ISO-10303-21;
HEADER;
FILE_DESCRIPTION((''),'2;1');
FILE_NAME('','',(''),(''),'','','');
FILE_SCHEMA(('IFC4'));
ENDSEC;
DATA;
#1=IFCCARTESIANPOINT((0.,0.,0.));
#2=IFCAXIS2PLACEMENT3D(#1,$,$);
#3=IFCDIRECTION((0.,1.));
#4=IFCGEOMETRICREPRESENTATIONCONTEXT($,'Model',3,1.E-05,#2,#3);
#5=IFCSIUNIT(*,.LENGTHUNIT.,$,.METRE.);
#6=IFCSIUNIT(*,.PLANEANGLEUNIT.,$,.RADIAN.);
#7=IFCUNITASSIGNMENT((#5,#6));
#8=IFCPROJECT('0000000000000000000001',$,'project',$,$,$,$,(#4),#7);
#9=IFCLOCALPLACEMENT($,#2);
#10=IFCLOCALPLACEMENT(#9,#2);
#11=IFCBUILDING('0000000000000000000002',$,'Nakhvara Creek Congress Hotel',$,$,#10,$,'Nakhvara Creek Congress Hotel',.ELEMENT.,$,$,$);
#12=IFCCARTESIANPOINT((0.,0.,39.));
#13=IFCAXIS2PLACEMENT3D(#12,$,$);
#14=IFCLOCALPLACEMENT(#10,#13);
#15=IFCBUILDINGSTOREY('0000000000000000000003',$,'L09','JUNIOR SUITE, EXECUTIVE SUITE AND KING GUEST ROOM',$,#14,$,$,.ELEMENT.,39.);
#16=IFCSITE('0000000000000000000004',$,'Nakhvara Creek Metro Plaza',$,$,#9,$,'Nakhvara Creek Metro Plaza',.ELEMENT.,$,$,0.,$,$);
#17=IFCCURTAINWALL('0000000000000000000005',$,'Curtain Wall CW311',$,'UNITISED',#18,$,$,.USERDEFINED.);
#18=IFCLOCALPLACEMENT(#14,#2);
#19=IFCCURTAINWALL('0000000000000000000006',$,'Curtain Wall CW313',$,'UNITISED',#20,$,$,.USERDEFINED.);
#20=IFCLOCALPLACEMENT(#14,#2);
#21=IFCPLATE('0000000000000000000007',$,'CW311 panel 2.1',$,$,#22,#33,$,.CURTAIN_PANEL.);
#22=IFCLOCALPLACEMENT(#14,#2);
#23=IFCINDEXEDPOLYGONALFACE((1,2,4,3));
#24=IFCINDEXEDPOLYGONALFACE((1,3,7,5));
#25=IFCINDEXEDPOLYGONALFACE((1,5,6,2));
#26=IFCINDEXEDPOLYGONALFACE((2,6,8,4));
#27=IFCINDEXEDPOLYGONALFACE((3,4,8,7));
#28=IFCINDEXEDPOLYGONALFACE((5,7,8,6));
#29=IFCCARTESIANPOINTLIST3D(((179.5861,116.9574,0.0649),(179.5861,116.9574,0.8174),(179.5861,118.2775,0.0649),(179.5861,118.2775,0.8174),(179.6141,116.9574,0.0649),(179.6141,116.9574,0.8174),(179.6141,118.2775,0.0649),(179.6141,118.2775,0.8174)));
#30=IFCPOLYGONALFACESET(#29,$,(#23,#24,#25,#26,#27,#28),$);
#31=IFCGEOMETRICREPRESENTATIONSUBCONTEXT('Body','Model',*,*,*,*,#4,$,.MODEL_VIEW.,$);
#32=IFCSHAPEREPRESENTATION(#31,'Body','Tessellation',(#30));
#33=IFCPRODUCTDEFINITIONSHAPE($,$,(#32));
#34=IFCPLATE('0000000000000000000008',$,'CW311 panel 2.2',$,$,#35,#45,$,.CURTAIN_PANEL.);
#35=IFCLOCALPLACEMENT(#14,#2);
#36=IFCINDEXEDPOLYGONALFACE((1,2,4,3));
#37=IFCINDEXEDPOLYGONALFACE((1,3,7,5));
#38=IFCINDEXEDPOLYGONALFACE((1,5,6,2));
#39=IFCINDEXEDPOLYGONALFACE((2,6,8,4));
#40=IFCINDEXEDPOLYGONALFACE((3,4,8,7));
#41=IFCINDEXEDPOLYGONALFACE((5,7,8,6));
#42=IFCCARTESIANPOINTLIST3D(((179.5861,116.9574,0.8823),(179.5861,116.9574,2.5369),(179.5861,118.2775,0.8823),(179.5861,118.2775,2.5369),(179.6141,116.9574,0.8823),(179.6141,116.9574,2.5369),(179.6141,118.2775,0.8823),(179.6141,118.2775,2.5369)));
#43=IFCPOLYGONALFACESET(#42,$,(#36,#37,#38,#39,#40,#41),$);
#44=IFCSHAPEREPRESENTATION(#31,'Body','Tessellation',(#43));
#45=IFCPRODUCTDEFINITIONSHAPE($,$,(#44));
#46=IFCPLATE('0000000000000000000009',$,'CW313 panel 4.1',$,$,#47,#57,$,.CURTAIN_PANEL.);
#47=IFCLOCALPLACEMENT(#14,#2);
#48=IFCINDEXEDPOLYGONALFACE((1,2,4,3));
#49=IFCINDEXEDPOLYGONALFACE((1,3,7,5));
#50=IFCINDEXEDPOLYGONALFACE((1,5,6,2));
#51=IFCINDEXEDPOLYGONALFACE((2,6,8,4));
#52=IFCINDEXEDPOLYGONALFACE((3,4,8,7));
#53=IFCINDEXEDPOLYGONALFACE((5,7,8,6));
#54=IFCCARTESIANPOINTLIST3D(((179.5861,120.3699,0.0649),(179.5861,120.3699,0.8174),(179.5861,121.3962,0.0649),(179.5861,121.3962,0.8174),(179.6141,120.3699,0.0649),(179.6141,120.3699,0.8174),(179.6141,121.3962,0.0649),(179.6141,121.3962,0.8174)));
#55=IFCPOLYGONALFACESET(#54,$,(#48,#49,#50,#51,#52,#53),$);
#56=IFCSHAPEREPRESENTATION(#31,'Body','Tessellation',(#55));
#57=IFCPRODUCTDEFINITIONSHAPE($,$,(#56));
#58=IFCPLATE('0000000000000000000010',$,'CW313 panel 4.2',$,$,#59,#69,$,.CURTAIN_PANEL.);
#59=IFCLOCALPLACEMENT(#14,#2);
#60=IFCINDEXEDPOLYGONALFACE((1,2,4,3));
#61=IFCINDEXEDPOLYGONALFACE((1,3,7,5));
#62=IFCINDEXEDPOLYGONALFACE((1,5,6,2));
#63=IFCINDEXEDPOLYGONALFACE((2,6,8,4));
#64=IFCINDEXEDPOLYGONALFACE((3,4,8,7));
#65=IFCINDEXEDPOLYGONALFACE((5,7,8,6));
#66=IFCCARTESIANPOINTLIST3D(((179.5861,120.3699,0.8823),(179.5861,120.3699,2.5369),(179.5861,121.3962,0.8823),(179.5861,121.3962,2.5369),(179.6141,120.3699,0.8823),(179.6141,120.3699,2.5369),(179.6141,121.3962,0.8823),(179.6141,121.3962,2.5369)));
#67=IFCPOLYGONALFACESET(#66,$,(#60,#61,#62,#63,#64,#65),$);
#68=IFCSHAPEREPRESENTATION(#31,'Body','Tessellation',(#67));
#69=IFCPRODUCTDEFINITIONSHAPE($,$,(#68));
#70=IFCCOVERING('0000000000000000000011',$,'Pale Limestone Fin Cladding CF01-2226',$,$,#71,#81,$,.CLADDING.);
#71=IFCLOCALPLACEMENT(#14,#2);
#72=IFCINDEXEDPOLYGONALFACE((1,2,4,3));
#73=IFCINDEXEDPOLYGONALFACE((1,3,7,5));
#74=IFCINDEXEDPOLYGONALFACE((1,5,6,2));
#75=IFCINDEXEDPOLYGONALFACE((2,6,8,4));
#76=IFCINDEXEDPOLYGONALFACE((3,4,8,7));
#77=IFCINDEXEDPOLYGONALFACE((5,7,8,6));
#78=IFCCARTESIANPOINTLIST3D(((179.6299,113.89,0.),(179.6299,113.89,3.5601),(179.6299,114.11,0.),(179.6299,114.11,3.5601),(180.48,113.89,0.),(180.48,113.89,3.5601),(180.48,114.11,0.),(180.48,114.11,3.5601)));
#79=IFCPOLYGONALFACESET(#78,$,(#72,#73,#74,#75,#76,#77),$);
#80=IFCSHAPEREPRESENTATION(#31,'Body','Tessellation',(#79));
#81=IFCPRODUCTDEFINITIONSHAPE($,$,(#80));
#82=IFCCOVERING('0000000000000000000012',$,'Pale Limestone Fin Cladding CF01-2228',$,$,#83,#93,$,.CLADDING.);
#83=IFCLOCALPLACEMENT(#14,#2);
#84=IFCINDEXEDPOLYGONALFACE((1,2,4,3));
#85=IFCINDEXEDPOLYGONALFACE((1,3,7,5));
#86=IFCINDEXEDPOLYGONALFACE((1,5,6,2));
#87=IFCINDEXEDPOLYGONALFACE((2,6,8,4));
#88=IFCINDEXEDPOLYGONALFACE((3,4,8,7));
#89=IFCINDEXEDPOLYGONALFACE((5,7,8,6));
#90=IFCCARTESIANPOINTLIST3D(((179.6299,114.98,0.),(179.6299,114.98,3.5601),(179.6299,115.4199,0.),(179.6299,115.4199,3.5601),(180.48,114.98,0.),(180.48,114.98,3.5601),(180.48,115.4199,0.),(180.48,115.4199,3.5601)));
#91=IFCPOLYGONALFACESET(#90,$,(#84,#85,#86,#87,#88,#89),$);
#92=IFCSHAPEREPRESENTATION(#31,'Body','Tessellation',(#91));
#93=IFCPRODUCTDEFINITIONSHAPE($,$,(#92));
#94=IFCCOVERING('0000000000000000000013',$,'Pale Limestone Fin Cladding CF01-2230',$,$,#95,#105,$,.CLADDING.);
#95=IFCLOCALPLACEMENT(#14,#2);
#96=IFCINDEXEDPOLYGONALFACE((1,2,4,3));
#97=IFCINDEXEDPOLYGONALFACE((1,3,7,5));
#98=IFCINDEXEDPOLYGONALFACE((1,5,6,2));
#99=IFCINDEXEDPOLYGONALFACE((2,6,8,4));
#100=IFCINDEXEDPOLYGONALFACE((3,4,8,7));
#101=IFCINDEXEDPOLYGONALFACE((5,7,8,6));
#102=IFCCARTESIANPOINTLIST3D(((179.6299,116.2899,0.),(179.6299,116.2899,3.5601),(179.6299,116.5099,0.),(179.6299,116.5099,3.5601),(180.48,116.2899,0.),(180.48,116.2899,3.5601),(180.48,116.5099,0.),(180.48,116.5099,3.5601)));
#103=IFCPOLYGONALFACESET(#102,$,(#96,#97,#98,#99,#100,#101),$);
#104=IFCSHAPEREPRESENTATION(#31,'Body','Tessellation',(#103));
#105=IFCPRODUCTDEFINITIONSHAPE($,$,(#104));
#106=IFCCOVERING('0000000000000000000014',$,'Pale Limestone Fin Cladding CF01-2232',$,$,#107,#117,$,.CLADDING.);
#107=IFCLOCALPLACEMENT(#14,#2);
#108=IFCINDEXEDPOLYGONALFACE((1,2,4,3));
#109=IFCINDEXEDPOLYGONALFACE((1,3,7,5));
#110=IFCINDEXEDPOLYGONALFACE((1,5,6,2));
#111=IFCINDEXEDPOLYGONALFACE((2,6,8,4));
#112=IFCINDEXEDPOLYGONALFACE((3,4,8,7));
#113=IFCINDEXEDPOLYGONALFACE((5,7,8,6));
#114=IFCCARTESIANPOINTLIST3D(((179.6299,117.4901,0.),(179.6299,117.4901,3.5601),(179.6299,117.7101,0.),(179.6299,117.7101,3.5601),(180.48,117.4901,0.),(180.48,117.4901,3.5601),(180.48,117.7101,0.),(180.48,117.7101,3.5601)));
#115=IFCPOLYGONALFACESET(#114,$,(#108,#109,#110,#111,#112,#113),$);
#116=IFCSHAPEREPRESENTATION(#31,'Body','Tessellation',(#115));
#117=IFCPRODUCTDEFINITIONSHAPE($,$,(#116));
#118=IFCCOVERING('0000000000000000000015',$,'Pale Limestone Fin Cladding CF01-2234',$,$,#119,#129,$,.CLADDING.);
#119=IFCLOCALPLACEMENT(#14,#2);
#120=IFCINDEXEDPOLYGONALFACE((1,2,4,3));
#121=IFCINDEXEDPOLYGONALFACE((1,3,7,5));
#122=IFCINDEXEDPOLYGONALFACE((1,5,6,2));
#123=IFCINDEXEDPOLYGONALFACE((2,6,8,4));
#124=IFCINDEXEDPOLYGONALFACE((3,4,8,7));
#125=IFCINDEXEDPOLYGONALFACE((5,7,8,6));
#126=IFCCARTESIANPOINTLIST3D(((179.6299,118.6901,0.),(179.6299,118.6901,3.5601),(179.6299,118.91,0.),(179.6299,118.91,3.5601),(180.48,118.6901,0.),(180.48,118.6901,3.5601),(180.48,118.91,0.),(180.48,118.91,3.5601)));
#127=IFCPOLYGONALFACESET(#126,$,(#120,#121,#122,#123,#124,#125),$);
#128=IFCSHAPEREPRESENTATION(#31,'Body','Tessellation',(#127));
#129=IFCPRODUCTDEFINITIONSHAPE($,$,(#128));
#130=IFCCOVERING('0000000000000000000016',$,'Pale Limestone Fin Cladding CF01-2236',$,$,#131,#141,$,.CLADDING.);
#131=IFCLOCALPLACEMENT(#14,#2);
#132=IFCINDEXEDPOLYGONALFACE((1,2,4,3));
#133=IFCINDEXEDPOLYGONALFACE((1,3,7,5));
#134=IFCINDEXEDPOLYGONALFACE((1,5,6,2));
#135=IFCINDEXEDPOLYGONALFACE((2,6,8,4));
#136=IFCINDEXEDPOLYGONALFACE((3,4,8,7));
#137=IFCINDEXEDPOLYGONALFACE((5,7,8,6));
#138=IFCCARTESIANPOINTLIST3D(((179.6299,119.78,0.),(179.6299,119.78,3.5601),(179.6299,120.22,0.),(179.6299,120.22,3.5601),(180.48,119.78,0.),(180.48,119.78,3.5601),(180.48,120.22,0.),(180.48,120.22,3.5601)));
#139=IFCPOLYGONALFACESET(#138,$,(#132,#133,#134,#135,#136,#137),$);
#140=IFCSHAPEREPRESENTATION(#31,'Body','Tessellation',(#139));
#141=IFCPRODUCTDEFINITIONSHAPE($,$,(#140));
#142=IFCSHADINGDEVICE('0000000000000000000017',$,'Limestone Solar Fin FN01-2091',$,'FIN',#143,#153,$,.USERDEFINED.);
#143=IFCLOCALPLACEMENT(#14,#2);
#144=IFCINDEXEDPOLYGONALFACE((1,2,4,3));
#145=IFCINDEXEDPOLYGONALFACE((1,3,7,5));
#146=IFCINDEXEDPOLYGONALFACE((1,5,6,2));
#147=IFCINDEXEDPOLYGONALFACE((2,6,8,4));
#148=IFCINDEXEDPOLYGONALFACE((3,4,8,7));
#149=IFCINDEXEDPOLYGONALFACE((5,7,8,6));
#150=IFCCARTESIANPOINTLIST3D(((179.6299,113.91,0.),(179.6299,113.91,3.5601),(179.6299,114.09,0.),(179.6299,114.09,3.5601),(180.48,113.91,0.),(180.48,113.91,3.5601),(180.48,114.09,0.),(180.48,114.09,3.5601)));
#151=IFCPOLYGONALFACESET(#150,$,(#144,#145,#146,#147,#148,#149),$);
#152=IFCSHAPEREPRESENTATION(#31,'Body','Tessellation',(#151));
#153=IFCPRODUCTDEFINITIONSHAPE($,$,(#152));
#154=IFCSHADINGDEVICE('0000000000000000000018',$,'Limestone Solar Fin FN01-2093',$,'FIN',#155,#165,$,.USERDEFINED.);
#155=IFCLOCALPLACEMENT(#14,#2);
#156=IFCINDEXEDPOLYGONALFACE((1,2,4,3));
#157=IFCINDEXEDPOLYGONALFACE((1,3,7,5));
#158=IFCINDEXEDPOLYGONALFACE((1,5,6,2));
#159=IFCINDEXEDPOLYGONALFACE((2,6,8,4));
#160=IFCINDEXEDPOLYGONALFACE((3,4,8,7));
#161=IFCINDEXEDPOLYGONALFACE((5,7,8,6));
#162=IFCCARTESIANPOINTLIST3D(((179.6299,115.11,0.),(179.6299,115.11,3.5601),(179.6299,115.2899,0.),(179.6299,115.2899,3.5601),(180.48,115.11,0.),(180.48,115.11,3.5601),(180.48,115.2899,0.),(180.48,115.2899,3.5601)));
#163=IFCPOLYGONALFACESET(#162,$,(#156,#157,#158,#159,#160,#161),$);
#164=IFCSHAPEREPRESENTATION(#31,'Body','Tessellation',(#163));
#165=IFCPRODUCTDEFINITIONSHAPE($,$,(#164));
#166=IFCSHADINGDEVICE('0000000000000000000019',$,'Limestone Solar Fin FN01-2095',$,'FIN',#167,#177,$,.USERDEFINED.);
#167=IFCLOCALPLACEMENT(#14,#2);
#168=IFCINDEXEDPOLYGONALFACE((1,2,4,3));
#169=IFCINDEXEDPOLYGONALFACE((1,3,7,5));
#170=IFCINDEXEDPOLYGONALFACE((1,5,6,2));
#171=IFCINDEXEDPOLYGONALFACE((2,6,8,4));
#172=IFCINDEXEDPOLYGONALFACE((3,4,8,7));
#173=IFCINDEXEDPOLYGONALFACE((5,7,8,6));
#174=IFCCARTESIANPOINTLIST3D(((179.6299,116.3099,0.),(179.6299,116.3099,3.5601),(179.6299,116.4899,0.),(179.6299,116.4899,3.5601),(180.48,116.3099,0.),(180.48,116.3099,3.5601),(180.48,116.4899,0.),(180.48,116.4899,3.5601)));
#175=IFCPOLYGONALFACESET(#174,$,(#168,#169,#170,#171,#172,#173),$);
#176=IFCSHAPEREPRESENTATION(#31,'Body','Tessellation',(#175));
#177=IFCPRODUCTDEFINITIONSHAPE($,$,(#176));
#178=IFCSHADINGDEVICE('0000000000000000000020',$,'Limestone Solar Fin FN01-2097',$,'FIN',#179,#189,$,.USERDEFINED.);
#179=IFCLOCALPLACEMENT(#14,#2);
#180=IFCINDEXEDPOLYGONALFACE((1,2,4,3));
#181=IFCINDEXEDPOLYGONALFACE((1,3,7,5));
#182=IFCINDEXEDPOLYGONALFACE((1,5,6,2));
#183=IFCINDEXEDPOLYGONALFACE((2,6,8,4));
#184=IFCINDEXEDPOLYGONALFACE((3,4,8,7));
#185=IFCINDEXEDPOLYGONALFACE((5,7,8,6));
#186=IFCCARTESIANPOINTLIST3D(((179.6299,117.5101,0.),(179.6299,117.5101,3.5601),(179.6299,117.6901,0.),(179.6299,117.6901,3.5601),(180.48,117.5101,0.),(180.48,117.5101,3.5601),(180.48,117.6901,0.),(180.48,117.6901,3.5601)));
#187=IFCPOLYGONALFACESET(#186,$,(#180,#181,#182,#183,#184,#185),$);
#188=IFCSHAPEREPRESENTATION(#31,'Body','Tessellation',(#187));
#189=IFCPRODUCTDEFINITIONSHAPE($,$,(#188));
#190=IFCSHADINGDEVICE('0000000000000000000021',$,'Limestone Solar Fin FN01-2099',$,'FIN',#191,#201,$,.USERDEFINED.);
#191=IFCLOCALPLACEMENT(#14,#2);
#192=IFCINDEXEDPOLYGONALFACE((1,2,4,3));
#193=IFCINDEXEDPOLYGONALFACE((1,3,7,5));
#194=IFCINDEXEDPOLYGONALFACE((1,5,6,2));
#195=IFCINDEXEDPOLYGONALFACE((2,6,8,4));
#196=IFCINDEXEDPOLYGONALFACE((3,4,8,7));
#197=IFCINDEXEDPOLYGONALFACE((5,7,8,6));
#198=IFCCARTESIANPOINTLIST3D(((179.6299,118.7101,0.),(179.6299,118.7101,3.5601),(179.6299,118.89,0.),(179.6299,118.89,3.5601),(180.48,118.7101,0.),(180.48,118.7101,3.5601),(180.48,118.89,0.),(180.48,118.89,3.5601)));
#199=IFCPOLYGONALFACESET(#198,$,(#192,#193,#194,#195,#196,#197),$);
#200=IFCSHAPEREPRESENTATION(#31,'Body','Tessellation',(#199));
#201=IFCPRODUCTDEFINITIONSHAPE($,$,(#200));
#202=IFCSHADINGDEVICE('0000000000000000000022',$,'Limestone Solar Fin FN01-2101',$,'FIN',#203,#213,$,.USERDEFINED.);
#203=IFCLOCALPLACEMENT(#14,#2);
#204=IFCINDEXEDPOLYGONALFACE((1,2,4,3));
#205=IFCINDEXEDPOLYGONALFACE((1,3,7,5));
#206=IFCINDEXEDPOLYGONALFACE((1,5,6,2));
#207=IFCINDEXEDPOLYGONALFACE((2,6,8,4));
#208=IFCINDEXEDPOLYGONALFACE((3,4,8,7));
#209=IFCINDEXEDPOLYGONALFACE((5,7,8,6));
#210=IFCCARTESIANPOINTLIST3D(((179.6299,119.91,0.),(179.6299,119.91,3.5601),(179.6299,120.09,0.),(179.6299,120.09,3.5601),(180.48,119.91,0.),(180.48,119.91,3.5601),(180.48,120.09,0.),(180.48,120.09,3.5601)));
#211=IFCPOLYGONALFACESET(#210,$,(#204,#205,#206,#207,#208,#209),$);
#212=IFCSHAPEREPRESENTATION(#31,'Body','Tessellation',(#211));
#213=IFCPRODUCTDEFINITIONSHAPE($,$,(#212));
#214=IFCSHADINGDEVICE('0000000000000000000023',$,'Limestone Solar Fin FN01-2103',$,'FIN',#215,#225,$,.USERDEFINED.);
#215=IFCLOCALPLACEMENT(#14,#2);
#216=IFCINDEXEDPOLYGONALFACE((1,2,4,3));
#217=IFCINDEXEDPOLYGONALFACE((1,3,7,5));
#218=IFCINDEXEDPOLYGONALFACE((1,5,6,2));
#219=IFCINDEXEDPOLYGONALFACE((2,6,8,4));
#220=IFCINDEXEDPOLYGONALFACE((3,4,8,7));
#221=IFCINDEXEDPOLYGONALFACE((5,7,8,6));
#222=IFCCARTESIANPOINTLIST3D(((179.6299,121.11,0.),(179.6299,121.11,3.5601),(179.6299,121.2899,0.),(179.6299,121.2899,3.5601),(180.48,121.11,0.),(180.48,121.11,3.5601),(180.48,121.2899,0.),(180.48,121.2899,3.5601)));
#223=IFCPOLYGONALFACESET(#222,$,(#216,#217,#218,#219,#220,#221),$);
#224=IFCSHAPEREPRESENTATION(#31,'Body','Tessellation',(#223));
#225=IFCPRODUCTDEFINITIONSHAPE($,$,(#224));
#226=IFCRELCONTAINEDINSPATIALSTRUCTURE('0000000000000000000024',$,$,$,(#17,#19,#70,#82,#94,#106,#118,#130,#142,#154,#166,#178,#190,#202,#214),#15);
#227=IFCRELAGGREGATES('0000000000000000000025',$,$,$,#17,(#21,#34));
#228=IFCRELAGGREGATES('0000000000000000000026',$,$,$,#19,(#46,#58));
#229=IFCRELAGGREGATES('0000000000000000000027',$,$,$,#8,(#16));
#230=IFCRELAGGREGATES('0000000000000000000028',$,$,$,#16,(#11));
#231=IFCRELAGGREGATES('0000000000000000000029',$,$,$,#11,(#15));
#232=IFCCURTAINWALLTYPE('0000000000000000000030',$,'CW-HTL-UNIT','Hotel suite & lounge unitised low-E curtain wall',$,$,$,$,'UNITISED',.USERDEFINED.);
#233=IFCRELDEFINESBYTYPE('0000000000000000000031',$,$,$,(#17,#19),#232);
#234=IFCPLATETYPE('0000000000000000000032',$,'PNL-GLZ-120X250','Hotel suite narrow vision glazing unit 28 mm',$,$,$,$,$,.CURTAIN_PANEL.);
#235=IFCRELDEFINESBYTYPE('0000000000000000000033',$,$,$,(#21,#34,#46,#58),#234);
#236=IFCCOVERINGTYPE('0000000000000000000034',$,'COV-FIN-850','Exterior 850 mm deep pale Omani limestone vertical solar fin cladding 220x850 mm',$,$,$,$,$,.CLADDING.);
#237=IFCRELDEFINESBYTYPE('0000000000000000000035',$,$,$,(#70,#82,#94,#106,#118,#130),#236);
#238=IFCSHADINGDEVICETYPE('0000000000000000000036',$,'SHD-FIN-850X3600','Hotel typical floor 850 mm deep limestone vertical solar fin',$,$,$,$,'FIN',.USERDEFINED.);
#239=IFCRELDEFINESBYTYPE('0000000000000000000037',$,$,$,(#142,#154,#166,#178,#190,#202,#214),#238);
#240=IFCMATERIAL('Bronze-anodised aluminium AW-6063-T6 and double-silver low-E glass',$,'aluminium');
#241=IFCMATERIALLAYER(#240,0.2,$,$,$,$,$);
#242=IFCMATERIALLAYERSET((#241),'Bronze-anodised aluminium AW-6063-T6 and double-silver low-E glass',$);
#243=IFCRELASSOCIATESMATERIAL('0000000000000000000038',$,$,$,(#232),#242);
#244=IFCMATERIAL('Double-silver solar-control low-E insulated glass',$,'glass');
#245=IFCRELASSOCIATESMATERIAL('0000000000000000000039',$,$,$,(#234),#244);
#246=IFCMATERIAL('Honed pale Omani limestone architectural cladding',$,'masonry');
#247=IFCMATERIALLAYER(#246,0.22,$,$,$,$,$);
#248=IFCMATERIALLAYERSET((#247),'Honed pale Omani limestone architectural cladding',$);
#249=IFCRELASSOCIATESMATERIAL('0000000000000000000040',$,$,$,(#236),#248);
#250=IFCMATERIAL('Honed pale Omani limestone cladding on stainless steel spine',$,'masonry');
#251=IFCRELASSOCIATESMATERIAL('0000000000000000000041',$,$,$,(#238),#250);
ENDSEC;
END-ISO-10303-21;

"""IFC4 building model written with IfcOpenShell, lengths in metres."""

from ifc_helpers import new_model, si_unit, direction, frame, origin, origin_2d, place, context, subcontext, project, spatial, rectangle, extrude, material, layer, layer_set, type_object, element, aggregate, save


model = new_model("IFC4")

# Units and contexts
model_context = context("Model", 3, precision=1e-05, world=origin(), true_north=direction((0.0, 1.0)))
body_context = subcontext(model_context, "Body", "Model", "MODEL_VIEW")
ifc_project = project(units=[si_unit("LENGTHUNIT", "METRE"), si_unit("PLANEANGLEUNIT", "RADIAN")], contexts=[model_context])

# Site, building, storey
site_placement = place(None, origin())
site = spatial("IfcSite", under=ifc_project, at=site_placement, Name="Nakhvara Creek Metro Plaza", LongName="Nakhvara Creek Metro Plaza", CompositionType="ELEMENT", RefElevation=0.0)
building_placement = place(site_placement, origin())
building = spatial("IfcBuilding", under=site, at=building_placement, Name="Nakhvara Creek Congress Hotel", LongName="Nakhvara Creek Congress Hotel", CompositionType="ELEMENT")
storey_placement = place(building_placement, frame((0.0, 0.0, 39.0)))
storey = spatial("IfcBuildingStorey", under=building, at=storey_placement, Name="L09", Description="JUNIOR SUITE, EXECUTIVE SUITE AND KING GUEST ROOM", CompositionType="ELEMENT", Elevation=39.0)

# Curtain wall
ifc_material_1 = material(Name="Bronze-anodised aluminium AW-6063-T6 and double-silver low-E glass", Category="aluminium")
ifc_layer_1 = layer(ifc_material_1, 0.2)
ifc_layer_set_1 = layer_set([ifc_layer_1], Name="Bronze-anodised aluminium AW-6063-T6 and double-silver low-E glass")
curtain_wall_type = type_object("IfcCurtainWallType", Name="CW-HTL-UNIT", Description="Hotel suite & lounge unitised low-E curtain wall", ElementType="UNITISED", PredefinedType="USERDEFINED", material=ifc_layer_set_1)
curtain_wall_1_placement = place(storey_placement, origin())
curtain_wall_1 = element("IfcCurtainWall", 1, at=curtain_wall_1_placement, inside=storey, type_object=curtain_wall_type, Name="Curtain Wall CW311", ObjectType="UNITISED", PredefinedType="USERDEFINED")

# Curtain wall
curtain_wall_2_placement = place(storey_placement, origin())
curtain_wall_2 = element("IfcCurtainWall", 2, at=curtain_wall_2_placement, inside=storey, type_object=curtain_wall_type, Name="Curtain Wall CW313", ObjectType="UNITISED", PredefinedType="USERDEFINED")

# Plates
ifc_material_2 = material(Name="Double-silver solar-control low-E insulated glass", Category="glass")
plate_type = type_object("IfcPlateType", Name="PNL-GLZ-120X250", Description="Hotel suite narrow vision glazing unit 28 mm", PredefinedType="CURTAIN_PANEL", material=ifc_material_2)
plate_1_placement = place(storey_placement, frame((179.6001, 117.6174, 0.0649), z_axis=(0.0, 0.0, 1.0), x_axis=(0.0, -1.0, 0.0)))
plate_1 = element("IfcPlate", 3, at=plate_1_placement, type_object=plate_type, Name="CW311 panel 2.1", PredefinedType="CURTAIN_PANEL", context=body_context, shape_type="SweptSolid", body=[
    extrude(rectangle(XDim=1.3201, YDim=0.0281, at=origin_2d()), origin(), (0.0, 0.0, 1.0), 0.7524),
])
plate_2_placement = place(storey_placement, frame((179.6001, 117.6174, 0.8823), z_axis=(0.0, 0.0, 1.0), x_axis=(0.0, -1.0, 0.0)))
plate_2 = element("IfcPlate", 4, at=plate_2_placement, type_object=plate_type, Name="CW311 panel 2.2", PredefinedType="CURTAIN_PANEL", context=body_context, shape_type="SweptSolid", body=[
    extrude(rectangle(XDim=1.3201, YDim=0.0281, at=origin_2d()), origin(), (0.0, 0.0, 1.0), 1.6545),
])
aggregate(curtain_wall_1, [plate_1, plate_2])
plate_3_placement = place(storey_placement, frame((179.6001, 120.8831, 0.0649), z_axis=(0.0, 0.0, 1.0), x_axis=(0.0, -1.0, 0.0)))
plate_3 = element("IfcPlate", 5, at=plate_3_placement, type_object=plate_type, Name="CW313 panel 4.1", PredefinedType="CURTAIN_PANEL", context=body_context, shape_type="SweptSolid", body=[
    extrude(rectangle(XDim=1.0264, YDim=0.0281, at=origin_2d()), origin(), (0.0, 0.0, 1.0), 0.7524),
])
plate_4_placement = place(storey_placement, frame((179.6001, 120.8831, 0.8823), z_axis=(0.0, 0.0, 1.0), x_axis=(0.0, -1.0, 0.0)))
plate_4 = element("IfcPlate", 6, at=plate_4_placement, type_object=plate_type, Name="CW313 panel 4.2", PredefinedType="CURTAIN_PANEL", context=body_context, shape_type="SweptSolid", body=[
    extrude(rectangle(XDim=1.0264, YDim=0.0281, at=origin_2d()), origin(), (0.0, 0.0, 1.0), 1.6545),
])
aggregate(curtain_wall_2, [plate_3, plate_4])

# Coverings
ifc_material_3 = material(Name="Honed pale Omani limestone architectural cladding", Category="masonry")
ifc_layer_2 = layer(ifc_material_3, 0.22)
ifc_layer_set_2 = layer_set([ifc_layer_2], Name="Honed pale Omani limestone architectural cladding")
covering_type = type_object("IfcCoveringType", Name="COV-FIN-850", Description="Exterior 850 mm deep pale Omani limestone vertical solar fin cladding 220x850 mm", PredefinedType="CLADDING", material=ifc_layer_set_2)
covering_1_placement = place(storey_placement, frame((180.0549, 114.0, 0.0), z_axis=(0.0, 0.0, 1.0), x_axis=(0.0, 1.0, 0.0)))
element("IfcCovering", 7, at=covering_1_placement, inside=storey, type_object=covering_type, Name="Pale Limestone Fin Cladding CF01-2226", PredefinedType="CLADDING", context=body_context, shape_type="SweptSolid", body=[
    extrude(rectangle(XDim=0.22, YDim=0.8501, at=origin_2d()), origin(), (0.0, 0.0, 1.0), 3.5601),
])
covering_2_placement = place(storey_placement, frame((180.0549, 115.2, 0.0), z_axis=(0.0, 0.0, 1.0), x_axis=(0.0, 1.0, 0.0)))
element("IfcCovering", 8, at=covering_2_placement, inside=storey, type_object=covering_type, Name="Pale Limestone Fin Cladding CF01-2228", PredefinedType="CLADDING", context=body_context, shape_type="SweptSolid", body=[
    extrude(rectangle(XDim=0.4399, YDim=0.8501, at=origin_2d()), origin(), (0.0, 0.0, 1.0), 3.5601),
])
for number, where, z_axis, x_axis, name in (
    (9, (180.0549, 116.3999, 0.0), (0.0, 0.0, 1.0), (0.0, 1.0, 0.0), "Pale Limestone Fin Cladding CF01-2230"),
    (10, (180.0549, 117.6001, 0.0), (0.0, 0.0, 1.0), (0.0, 1.0, 0.0), "Pale Limestone Fin Cladding CF01-2232"),
    (11, (180.0549, 118.8, 0.0), (0.0, 0.0, 1.0), (0.0, 1.0, 0.0), "Pale Limestone Fin Cladding CF01-2234"),
):
    element("IfcCovering", number, at=place(storey_placement, frame(where, z_axis=z_axis, x_axis=x_axis)), inside=storey, type_object=covering_type, Name=name, PredefinedType="CLADDING", context=body_context, shape_type="SweptSolid", body=[
        extrude(rectangle(XDim=0.22, YDim=0.8501, at=origin_2d()), origin(), (0.0, 0.0, 1.0), 3.5601),
    ])
covering_3_placement = place(storey_placement, frame((180.0549, 120.0, 0.0), z_axis=(0.0, 0.0, 1.0), x_axis=(0.0, 1.0, 0.0)))
element("IfcCovering", 12, at=covering_3_placement, inside=storey, type_object=covering_type, Name="Pale Limestone Fin Cladding CF01-2236", PredefinedType="CLADDING", context=body_context, shape_type="SweptSolid", body=[
    extrude(rectangle(XDim=0.4399, YDim=0.8501, at=origin_2d()), origin(), (0.0, 0.0, 1.0), 3.5601),
])

# Shading devices
ifc_material_4 = material(Name="Honed pale Omani limestone cladding on stainless steel spine", Category="masonry")
shading_device_type = type_object("IfcShadingDeviceType", Name="SHD-FIN-850X3600", Description="Hotel typical floor 850 mm deep limestone vertical solar fin", ElementType="FIN", PredefinedType="USERDEFINED", material=ifc_material_4)
for number, where, z_axis, x_axis, name in (
    (13, (180.0549, 114.0, 0.0), (0.0, 0.0, 1.0), (0.0, 1.0, 0.0), "Limestone Solar Fin FN01-2091"),
    (14, (180.0549, 115.2, 0.0), (0.0, 0.0, 1.0), (0.0, 1.0, 0.0), "Limestone Solar Fin FN01-2093"),
    (15, (180.0549, 116.3999, 0.0), (0.0, 0.0, 1.0), (0.0, 1.0, 0.0), "Limestone Solar Fin FN01-2095"),
    (16, (180.0549, 117.6001, 0.0), (0.0, 0.0, 1.0), (0.0, 1.0, 0.0), "Limestone Solar Fin FN01-2097"),
    (17, (180.0549, 118.8, 0.0), (0.0, 0.0, 1.0), (0.0, 1.0, 0.0), "Limestone Solar Fin FN01-2099"),
    (18, (180.0549, 120.0, 0.0), (0.0, 0.0, 1.0), (0.0, 1.0, 0.0), "Limestone Solar Fin FN01-2101"),
    (19, (180.0549, 121.2, 0.0), (0.0, 0.0, 1.0), (0.0, 1.0, 0.0), "Limestone Solar Fin FN01-2103"),
):
    element("IfcShadingDevice", number, at=place(storey_placement, frame(where, z_axis=z_axis, x_axis=x_axis)), inside=storey, type_object=shading_device_type, Name=name, ObjectType="FIN", PredefinedType="USERDEFINED", context=body_context, shape_type="SweptSolid", body=[
        extrude(rectangle(XDim=0.1799, YDim=0.8501, at=origin_2d()), origin(), (0.0, 0.0, 1.0), 3.5601),
    ])

save(model, "model.ifc")
